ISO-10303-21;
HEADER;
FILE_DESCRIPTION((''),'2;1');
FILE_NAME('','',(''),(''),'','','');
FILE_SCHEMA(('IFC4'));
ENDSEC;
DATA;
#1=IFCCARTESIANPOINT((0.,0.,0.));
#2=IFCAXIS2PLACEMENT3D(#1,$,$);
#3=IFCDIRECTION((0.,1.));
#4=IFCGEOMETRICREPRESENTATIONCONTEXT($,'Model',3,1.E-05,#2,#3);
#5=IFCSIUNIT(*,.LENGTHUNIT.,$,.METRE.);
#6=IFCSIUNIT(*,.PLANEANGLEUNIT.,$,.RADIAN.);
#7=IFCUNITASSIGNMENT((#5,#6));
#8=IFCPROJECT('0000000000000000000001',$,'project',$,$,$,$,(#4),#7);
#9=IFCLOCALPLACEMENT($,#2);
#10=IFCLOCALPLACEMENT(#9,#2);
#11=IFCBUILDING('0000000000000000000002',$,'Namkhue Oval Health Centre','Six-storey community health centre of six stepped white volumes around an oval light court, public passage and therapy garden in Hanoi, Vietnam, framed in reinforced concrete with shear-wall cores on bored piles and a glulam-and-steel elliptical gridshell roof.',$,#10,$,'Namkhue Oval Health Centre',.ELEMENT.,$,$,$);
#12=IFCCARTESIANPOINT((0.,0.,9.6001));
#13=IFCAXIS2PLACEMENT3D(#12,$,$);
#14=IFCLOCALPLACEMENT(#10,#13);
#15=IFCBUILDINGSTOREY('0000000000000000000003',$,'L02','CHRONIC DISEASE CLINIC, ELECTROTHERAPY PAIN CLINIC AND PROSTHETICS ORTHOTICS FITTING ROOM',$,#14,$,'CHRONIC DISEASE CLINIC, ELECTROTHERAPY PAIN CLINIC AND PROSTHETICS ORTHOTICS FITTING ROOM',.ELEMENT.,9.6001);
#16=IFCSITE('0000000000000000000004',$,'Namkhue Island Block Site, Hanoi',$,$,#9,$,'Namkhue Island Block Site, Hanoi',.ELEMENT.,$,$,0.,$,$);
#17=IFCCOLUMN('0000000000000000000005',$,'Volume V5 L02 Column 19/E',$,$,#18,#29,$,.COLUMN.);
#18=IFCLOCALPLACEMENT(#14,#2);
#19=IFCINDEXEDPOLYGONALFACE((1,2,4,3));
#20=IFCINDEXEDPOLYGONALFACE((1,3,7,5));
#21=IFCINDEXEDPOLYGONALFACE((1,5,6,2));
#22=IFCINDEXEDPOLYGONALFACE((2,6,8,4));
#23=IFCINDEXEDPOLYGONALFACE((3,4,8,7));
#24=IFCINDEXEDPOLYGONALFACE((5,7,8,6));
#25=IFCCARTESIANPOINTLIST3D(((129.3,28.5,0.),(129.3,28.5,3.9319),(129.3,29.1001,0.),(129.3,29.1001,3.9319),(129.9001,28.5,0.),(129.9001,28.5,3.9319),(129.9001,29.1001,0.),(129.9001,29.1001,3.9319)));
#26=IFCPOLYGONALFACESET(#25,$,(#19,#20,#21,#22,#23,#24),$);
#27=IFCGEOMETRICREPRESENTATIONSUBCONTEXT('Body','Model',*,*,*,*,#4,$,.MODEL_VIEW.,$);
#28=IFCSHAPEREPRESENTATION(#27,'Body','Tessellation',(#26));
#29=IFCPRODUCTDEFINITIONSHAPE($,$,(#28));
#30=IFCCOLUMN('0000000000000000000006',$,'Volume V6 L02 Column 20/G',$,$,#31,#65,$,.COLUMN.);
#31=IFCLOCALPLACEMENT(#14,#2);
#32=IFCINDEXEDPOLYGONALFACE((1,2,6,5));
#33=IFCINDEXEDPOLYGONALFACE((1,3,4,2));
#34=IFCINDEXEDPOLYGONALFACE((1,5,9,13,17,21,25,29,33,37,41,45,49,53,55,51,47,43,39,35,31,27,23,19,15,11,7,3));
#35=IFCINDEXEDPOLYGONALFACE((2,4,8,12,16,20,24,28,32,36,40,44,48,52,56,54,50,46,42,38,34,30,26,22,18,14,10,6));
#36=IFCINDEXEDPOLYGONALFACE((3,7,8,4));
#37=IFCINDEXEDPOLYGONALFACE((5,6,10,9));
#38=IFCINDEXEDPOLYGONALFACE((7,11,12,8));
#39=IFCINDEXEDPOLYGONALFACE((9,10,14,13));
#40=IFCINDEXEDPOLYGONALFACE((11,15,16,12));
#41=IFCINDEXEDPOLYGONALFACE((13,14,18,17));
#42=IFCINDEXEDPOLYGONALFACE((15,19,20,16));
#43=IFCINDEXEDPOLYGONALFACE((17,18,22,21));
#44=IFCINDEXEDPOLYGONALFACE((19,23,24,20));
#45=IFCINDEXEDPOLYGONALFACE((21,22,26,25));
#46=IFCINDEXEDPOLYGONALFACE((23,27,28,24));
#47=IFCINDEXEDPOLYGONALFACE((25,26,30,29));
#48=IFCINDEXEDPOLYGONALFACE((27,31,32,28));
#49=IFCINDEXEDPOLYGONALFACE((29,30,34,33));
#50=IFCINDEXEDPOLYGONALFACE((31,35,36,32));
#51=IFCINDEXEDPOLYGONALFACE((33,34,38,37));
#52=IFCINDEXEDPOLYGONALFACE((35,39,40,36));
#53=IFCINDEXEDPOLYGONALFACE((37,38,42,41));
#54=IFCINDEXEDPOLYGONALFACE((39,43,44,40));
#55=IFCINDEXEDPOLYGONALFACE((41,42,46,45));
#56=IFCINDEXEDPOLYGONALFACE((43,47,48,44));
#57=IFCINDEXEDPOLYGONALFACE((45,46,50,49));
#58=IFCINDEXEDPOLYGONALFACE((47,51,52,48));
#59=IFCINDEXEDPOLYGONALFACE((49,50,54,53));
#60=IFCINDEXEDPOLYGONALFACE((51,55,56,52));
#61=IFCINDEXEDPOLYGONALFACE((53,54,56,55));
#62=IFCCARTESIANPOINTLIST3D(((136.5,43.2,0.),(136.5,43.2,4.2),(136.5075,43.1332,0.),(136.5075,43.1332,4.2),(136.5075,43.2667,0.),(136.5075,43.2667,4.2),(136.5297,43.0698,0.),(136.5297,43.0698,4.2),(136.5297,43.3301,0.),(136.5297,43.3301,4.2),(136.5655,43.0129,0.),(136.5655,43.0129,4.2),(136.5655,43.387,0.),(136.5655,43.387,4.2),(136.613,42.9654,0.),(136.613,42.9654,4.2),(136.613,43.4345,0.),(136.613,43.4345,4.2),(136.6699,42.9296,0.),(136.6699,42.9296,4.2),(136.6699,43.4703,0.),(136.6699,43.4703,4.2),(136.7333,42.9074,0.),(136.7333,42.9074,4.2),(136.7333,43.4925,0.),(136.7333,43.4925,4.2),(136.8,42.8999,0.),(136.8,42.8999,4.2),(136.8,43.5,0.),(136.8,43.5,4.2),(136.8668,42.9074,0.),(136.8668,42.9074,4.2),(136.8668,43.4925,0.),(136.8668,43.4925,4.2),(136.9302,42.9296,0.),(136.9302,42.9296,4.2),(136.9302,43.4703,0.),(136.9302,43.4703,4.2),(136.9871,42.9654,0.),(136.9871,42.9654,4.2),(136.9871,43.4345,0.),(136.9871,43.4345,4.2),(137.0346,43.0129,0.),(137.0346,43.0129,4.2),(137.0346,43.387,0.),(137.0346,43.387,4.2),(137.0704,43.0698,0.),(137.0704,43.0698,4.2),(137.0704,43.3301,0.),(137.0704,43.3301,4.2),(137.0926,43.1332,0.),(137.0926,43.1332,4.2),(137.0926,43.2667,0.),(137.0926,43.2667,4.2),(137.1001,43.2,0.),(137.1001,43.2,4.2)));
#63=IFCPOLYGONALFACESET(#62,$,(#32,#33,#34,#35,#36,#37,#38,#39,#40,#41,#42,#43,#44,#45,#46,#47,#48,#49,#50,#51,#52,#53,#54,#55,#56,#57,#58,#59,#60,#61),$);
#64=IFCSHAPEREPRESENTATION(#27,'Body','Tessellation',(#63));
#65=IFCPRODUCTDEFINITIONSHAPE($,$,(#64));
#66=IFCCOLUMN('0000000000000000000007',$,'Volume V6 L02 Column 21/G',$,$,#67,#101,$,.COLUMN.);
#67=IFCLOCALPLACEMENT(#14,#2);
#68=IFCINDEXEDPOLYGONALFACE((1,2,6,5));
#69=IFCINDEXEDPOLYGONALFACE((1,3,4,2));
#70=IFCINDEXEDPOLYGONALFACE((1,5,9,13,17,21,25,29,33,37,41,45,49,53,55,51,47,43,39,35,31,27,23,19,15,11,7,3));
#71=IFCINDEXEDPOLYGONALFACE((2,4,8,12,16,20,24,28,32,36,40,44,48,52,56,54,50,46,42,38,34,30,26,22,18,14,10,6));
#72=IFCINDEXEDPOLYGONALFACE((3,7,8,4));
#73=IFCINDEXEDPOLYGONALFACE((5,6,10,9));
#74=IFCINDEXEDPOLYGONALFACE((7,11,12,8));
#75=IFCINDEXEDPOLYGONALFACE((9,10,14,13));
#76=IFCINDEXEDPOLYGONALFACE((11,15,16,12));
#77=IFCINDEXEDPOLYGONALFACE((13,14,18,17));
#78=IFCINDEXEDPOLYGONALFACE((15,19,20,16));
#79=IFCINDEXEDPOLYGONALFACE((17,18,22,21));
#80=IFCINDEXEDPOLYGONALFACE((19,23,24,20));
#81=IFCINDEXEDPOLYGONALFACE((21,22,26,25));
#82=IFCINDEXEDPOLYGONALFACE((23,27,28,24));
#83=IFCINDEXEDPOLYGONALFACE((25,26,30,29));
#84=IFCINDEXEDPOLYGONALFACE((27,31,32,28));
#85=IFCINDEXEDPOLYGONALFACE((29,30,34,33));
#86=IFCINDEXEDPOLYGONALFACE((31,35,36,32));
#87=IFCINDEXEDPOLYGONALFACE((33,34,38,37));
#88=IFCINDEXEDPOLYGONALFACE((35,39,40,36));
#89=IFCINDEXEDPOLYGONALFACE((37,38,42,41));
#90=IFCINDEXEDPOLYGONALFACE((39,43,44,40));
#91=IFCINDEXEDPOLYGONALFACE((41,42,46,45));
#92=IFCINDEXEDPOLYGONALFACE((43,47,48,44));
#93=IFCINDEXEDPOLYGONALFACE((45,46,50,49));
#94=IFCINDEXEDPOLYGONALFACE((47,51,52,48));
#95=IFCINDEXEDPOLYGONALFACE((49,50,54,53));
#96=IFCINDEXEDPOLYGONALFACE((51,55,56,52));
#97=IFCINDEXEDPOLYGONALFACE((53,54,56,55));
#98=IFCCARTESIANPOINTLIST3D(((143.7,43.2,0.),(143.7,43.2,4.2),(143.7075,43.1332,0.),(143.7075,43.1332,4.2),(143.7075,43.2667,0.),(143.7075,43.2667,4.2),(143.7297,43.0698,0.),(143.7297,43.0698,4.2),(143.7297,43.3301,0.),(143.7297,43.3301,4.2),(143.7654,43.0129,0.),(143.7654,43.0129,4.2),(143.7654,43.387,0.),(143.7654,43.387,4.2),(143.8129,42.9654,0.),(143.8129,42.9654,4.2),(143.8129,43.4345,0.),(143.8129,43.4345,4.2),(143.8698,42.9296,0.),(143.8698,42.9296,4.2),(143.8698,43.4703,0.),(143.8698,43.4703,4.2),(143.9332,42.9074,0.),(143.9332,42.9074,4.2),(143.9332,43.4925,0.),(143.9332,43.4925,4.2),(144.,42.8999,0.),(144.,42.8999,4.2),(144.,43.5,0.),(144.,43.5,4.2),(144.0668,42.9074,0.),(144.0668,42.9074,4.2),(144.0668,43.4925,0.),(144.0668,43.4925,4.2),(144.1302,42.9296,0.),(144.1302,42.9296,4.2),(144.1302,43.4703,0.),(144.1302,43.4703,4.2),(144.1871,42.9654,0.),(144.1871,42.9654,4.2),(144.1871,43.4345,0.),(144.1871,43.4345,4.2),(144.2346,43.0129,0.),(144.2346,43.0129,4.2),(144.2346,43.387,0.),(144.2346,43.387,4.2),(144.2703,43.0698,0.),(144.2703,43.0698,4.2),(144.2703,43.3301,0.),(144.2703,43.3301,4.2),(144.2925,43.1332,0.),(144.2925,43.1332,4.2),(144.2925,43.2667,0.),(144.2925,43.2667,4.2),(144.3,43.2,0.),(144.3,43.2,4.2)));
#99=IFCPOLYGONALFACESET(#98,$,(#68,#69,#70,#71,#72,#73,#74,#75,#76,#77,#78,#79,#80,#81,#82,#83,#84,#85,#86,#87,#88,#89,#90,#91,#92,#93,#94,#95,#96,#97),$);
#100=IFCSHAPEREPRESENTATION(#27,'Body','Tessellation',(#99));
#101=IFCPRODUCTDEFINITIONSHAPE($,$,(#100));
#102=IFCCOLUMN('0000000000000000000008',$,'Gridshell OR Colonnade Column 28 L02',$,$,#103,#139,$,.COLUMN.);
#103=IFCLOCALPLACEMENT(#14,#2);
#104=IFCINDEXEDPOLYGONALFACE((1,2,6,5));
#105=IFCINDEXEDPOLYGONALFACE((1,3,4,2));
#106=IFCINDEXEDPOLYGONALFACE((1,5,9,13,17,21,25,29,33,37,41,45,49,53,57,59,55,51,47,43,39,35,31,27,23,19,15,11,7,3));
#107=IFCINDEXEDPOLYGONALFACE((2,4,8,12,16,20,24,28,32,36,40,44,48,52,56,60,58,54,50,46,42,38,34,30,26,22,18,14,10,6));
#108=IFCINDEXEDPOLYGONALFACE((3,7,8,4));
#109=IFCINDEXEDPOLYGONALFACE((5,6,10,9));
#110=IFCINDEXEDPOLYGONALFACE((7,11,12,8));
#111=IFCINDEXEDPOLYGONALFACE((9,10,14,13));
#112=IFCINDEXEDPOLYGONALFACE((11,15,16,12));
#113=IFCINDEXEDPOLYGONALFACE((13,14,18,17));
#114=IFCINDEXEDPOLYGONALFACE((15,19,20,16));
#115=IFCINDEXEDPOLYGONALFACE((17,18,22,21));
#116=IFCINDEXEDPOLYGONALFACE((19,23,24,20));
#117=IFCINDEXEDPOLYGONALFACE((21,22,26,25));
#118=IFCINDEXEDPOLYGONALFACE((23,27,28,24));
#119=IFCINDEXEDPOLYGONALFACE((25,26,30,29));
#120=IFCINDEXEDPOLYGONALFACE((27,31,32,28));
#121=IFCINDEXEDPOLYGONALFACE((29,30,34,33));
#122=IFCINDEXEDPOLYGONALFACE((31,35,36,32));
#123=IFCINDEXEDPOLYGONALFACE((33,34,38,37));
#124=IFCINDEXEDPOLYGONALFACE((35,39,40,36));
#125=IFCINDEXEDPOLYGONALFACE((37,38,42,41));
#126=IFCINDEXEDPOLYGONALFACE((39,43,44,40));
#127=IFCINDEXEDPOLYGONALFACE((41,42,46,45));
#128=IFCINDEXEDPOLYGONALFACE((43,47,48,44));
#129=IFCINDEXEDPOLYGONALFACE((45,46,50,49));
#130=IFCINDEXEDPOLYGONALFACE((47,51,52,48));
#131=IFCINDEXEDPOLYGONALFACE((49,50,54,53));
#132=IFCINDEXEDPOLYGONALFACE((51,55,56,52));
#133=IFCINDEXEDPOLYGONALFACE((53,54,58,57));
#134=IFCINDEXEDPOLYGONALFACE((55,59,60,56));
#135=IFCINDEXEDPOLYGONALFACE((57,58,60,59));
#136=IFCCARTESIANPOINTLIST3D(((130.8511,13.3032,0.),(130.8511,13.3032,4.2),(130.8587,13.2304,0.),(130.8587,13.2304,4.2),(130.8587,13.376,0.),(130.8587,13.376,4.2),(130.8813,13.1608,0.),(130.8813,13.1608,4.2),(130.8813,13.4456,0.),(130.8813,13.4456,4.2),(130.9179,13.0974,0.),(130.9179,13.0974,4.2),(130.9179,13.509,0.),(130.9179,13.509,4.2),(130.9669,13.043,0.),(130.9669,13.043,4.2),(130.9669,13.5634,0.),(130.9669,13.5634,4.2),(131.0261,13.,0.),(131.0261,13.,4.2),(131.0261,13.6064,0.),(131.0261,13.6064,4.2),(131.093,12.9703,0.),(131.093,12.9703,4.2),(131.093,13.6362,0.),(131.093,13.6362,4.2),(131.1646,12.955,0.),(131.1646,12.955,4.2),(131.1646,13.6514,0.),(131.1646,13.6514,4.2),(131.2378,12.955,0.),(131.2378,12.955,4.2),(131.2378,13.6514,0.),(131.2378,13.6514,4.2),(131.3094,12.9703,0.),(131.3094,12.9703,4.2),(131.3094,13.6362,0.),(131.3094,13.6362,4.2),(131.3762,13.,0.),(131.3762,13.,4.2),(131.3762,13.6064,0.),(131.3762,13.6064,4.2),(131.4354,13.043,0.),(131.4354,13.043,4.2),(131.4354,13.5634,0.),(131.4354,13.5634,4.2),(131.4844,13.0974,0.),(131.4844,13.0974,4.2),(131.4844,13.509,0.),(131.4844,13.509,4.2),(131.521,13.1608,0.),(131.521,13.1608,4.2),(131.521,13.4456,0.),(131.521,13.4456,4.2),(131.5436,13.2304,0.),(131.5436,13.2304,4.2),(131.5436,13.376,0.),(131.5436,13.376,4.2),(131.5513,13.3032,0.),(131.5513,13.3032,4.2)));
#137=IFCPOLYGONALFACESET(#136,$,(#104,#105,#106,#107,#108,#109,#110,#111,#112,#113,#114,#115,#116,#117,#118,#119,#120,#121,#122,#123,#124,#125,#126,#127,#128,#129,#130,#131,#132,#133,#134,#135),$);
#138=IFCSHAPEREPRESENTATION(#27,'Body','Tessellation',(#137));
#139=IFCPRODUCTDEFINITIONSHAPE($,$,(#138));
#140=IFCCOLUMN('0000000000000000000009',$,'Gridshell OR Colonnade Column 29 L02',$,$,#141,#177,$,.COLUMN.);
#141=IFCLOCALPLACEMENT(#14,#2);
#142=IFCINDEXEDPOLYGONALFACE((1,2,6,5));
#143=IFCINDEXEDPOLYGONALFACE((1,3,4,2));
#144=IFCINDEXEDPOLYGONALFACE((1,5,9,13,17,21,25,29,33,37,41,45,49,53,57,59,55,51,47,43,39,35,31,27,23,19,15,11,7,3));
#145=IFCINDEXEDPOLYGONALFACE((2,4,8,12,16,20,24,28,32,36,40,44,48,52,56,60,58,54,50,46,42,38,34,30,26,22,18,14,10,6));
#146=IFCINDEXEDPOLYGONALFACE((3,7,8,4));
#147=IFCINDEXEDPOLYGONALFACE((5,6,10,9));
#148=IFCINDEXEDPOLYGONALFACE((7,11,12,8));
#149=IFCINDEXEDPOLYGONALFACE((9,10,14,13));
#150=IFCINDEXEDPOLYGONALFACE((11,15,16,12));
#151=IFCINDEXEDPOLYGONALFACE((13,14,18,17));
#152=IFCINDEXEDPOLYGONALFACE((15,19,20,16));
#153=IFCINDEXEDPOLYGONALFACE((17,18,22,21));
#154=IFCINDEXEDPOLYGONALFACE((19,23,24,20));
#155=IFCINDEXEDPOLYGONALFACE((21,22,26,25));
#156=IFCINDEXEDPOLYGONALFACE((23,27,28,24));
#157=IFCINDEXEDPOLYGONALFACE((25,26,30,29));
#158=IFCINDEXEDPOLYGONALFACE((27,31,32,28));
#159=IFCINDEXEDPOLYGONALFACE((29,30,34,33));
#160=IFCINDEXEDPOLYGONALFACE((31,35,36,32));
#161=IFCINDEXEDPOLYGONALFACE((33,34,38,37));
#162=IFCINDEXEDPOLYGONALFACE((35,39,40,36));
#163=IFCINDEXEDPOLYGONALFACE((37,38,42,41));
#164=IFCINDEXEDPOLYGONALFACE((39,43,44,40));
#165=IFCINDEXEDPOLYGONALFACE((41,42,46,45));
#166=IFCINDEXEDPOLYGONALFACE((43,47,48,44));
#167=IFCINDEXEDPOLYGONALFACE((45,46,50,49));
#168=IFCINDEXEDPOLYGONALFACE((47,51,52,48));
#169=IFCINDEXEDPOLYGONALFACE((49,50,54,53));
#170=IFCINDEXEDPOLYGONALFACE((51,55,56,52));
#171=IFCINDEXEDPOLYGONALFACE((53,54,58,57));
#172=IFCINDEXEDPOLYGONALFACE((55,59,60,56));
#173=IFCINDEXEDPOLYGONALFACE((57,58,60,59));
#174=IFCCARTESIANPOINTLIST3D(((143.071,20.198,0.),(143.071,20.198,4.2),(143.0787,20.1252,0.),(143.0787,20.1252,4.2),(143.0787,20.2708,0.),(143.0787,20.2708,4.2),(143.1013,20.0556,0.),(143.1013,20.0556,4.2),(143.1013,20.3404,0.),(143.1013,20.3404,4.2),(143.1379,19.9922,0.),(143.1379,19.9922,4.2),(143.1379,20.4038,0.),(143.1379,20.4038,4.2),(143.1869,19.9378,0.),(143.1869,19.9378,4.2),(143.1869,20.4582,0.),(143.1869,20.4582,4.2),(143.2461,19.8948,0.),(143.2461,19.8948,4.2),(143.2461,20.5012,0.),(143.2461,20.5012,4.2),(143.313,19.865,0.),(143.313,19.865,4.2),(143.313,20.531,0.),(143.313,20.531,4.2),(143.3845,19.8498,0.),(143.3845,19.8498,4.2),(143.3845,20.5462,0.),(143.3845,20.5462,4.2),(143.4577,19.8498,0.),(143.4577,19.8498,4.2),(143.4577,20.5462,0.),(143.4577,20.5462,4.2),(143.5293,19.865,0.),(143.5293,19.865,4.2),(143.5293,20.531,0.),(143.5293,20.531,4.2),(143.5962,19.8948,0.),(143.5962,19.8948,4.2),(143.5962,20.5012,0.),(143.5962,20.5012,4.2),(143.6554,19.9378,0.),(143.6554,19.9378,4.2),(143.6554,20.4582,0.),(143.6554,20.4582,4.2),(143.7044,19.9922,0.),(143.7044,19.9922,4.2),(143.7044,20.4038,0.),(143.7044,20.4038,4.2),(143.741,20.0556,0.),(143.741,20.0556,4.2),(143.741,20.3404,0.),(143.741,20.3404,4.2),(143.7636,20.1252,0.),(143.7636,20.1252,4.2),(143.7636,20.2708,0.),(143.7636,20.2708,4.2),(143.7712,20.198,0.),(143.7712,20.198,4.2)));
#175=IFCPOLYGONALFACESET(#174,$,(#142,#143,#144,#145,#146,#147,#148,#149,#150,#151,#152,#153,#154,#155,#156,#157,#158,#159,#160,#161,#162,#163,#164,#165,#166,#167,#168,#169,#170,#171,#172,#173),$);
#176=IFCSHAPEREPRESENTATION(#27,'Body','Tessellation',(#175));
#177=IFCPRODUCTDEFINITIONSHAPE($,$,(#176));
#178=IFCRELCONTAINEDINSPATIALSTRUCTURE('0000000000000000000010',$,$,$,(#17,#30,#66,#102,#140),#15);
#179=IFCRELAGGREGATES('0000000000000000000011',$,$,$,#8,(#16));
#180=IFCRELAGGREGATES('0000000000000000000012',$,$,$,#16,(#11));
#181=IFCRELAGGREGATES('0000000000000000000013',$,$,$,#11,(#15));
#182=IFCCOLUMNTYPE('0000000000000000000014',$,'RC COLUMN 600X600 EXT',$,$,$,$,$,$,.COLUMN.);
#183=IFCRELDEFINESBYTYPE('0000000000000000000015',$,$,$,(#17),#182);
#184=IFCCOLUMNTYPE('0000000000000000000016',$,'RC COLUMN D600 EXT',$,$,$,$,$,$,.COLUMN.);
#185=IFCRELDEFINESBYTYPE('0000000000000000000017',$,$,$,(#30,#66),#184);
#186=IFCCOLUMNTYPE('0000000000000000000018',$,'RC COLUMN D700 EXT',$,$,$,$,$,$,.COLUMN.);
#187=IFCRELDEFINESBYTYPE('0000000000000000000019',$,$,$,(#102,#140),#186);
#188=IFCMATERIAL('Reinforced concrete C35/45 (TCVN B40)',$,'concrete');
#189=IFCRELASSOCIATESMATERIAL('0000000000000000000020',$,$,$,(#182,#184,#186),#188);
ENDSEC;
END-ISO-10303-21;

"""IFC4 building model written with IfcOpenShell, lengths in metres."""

from ifc_helpers import new_model, si_unit, direction, frame, origin, origin_2d, place, context, subcontext, project, spatial, rectangle, circle, extrude, material, material_profile, profile_set, type_object, element, save


model = new_model("IFC4")

# Units and contexts
model_context = context("Model", 3, precision=1e-05, world=origin(), true_north=direction((0.0, 1.0)))
body_context = subcontext(model_context, "Body", "Model", "MODEL_VIEW")
ifc_project = project(units=[si_unit("LENGTHUNIT", "METRE"), si_unit("PLANEANGLEUNIT", "RADIAN")], contexts=[model_context])

# Site, building, storey
site_placement = place(None, origin())
site = spatial("IfcSite", under=ifc_project, at=site_placement, Name="Namkhue Island Block Site, Hanoi", LongName="Namkhue Island Block Site, Hanoi", CompositionType="ELEMENT", RefElevation=0.0)
building_placement = place(site_placement, origin())
building = spatial("IfcBuilding", under=site, at=building_placement, Name="Namkhue Oval Health Centre", Description="Six-storey community health centre of six stepped white volumes around an oval light court, public passage and therapy garden in Hanoi, Vietnam, framed in reinforced concrete with shear-wall cores on bored piles and a glulam-and-steel elliptical gridshell roof.", LongName="Namkhue Oval Health Centre", CompositionType="ELEMENT")
storey_placement = place(building_placement, frame((0.0, 0.0, 9.6001)))
storey = spatial("IfcBuildingStorey", under=building, at=storey_placement, Name="L02", Description="CHRONIC DISEASE CLINIC, ELECTROTHERAPY PAIN CLINIC AND PROSTHETICS ORTHOTICS FITTING ROOM", LongName="CHRONIC DISEASE CLINIC, ELECTROTHERAPY PAIN CLINIC AND PROSTHETICS ORTHOTICS FITTING ROOM", CompositionType="ELEMENT", Elevation=9.6001)

# Columns
ifc_material_1 = material(Name="Reinforced concrete C35/45 (TCVN B40)", Category="concrete")
ifc_material_profile_1 = material_profile(ifc_material_1, rectangle(XDim=0.6001, YDim=0.6001, at=origin_2d()), Name="RC 600x600")
ifc_profile_set_1 = profile_set([ifc_material_profile_1], Name="Reinforced concrete C35/45 (TCVN B40)")
column_type_1 = type_object("IfcColumnType", Name="RC COLUMN 600X600 EXT", PredefinedType="COLUMN", material=ifc_profile_set_1)
column_placement = place(storey_placement, frame((129.6001, 28.8, 0.0), z_axis=(0.0, 0.0, 1.0), x_axis=(1.0, 0.0, 0.0)))
element("IfcColumn", 1, at=column_placement, inside=storey, type_object=column_type_1, Name="Volume V5 L02 Column 19/E", PredefinedType="COLUMN", context=body_context, shape_type="SweptSolid", body=[
    extrude(rectangle(XDim=0.6001, YDim=0.6001, at=origin_2d()), origin(), (0.0, 0.0, 1.0), 3.9319),
])
ifc_material_profile_2 = material_profile(ifc_material_1, circle(Radius=0.3, at=origin_2d()), Name="RC D600")
ifc_profile_set_2 = profile_set([ifc_material_profile_2], Name="Reinforced concrete C35/45 (TCVN B40)")
column_type_2 = type_object("IfcColumnType", Name="RC COLUMN D600 EXT", PredefinedType="COLUMN", material=ifc_profile_set_2)
for number, where, z_axis, x_axis, name in (
    (2, (136.8, 43.2, 0.0), (0.0, 0.0, 1.0), (1.0, 0.0, 0.0), "Volume V6 L02 Column 20/G"),
    (3, (144.0, 43.2, 0.0), (0.0, 0.0, 1.0), (1.0, 0.0, 0.0), "Volume V6 L02 Column 21/G"),
):
    element("IfcColumn", number, at=place(storey_placement, frame(where, z_axis=z_axis, x_axis=x_axis)), inside=storey, type_object=column_type_2, Name=name, PredefinedType="COLUMN", context=body_context, shape_type="SweptSolid", body=[
        extrude(circle(Radius=0.3, at=origin_2d()), origin(), (0.0, 0.0, 1.0), 4.2),
    ])
ifc_material_profile_3 = material_profile(ifc_material_1, circle(Radius=0.3501, at=origin_2d()), Name="RC D700")
ifc_profile_set_3 = profile_set([ifc_material_profile_3], Name="Reinforced concrete C35/45 (TCVN B40)")
column_type_3 = type_object("IfcColumnType", Name="RC COLUMN D700 EXT", PredefinedType="COLUMN", material=ifc_profile_set_3)
for number, where, z_axis, x_axis, name in (
    (4, (131.2012, 13.3032, 0.0), (0.0, 0.0, 1.0), (1.0, 0.0, 0.0), "Gridshell OR Colonnade Column 28 L02"),
    (5, (143.4211, 20.198, 0.0), (0.0, 0.0, 1.0), (1.0, 0.0, 0.0), "Gridshell OR Colonnade Column 29 L02"),
):
    element("IfcColumn", number, at=place(storey_placement, frame(where, z_axis=z_axis, x_axis=x_axis)), inside=storey, type_object=column_type_3, Name=name, PredefinedType="COLUMN", context=body_context, shape_type="SweptSolid", body=[
        extrude(circle(Radius=0.3501, at=origin_2d()), origin(), (0.0, 0.0, 1.0), 4.2),
    ])

save(model, "model.ifc")
